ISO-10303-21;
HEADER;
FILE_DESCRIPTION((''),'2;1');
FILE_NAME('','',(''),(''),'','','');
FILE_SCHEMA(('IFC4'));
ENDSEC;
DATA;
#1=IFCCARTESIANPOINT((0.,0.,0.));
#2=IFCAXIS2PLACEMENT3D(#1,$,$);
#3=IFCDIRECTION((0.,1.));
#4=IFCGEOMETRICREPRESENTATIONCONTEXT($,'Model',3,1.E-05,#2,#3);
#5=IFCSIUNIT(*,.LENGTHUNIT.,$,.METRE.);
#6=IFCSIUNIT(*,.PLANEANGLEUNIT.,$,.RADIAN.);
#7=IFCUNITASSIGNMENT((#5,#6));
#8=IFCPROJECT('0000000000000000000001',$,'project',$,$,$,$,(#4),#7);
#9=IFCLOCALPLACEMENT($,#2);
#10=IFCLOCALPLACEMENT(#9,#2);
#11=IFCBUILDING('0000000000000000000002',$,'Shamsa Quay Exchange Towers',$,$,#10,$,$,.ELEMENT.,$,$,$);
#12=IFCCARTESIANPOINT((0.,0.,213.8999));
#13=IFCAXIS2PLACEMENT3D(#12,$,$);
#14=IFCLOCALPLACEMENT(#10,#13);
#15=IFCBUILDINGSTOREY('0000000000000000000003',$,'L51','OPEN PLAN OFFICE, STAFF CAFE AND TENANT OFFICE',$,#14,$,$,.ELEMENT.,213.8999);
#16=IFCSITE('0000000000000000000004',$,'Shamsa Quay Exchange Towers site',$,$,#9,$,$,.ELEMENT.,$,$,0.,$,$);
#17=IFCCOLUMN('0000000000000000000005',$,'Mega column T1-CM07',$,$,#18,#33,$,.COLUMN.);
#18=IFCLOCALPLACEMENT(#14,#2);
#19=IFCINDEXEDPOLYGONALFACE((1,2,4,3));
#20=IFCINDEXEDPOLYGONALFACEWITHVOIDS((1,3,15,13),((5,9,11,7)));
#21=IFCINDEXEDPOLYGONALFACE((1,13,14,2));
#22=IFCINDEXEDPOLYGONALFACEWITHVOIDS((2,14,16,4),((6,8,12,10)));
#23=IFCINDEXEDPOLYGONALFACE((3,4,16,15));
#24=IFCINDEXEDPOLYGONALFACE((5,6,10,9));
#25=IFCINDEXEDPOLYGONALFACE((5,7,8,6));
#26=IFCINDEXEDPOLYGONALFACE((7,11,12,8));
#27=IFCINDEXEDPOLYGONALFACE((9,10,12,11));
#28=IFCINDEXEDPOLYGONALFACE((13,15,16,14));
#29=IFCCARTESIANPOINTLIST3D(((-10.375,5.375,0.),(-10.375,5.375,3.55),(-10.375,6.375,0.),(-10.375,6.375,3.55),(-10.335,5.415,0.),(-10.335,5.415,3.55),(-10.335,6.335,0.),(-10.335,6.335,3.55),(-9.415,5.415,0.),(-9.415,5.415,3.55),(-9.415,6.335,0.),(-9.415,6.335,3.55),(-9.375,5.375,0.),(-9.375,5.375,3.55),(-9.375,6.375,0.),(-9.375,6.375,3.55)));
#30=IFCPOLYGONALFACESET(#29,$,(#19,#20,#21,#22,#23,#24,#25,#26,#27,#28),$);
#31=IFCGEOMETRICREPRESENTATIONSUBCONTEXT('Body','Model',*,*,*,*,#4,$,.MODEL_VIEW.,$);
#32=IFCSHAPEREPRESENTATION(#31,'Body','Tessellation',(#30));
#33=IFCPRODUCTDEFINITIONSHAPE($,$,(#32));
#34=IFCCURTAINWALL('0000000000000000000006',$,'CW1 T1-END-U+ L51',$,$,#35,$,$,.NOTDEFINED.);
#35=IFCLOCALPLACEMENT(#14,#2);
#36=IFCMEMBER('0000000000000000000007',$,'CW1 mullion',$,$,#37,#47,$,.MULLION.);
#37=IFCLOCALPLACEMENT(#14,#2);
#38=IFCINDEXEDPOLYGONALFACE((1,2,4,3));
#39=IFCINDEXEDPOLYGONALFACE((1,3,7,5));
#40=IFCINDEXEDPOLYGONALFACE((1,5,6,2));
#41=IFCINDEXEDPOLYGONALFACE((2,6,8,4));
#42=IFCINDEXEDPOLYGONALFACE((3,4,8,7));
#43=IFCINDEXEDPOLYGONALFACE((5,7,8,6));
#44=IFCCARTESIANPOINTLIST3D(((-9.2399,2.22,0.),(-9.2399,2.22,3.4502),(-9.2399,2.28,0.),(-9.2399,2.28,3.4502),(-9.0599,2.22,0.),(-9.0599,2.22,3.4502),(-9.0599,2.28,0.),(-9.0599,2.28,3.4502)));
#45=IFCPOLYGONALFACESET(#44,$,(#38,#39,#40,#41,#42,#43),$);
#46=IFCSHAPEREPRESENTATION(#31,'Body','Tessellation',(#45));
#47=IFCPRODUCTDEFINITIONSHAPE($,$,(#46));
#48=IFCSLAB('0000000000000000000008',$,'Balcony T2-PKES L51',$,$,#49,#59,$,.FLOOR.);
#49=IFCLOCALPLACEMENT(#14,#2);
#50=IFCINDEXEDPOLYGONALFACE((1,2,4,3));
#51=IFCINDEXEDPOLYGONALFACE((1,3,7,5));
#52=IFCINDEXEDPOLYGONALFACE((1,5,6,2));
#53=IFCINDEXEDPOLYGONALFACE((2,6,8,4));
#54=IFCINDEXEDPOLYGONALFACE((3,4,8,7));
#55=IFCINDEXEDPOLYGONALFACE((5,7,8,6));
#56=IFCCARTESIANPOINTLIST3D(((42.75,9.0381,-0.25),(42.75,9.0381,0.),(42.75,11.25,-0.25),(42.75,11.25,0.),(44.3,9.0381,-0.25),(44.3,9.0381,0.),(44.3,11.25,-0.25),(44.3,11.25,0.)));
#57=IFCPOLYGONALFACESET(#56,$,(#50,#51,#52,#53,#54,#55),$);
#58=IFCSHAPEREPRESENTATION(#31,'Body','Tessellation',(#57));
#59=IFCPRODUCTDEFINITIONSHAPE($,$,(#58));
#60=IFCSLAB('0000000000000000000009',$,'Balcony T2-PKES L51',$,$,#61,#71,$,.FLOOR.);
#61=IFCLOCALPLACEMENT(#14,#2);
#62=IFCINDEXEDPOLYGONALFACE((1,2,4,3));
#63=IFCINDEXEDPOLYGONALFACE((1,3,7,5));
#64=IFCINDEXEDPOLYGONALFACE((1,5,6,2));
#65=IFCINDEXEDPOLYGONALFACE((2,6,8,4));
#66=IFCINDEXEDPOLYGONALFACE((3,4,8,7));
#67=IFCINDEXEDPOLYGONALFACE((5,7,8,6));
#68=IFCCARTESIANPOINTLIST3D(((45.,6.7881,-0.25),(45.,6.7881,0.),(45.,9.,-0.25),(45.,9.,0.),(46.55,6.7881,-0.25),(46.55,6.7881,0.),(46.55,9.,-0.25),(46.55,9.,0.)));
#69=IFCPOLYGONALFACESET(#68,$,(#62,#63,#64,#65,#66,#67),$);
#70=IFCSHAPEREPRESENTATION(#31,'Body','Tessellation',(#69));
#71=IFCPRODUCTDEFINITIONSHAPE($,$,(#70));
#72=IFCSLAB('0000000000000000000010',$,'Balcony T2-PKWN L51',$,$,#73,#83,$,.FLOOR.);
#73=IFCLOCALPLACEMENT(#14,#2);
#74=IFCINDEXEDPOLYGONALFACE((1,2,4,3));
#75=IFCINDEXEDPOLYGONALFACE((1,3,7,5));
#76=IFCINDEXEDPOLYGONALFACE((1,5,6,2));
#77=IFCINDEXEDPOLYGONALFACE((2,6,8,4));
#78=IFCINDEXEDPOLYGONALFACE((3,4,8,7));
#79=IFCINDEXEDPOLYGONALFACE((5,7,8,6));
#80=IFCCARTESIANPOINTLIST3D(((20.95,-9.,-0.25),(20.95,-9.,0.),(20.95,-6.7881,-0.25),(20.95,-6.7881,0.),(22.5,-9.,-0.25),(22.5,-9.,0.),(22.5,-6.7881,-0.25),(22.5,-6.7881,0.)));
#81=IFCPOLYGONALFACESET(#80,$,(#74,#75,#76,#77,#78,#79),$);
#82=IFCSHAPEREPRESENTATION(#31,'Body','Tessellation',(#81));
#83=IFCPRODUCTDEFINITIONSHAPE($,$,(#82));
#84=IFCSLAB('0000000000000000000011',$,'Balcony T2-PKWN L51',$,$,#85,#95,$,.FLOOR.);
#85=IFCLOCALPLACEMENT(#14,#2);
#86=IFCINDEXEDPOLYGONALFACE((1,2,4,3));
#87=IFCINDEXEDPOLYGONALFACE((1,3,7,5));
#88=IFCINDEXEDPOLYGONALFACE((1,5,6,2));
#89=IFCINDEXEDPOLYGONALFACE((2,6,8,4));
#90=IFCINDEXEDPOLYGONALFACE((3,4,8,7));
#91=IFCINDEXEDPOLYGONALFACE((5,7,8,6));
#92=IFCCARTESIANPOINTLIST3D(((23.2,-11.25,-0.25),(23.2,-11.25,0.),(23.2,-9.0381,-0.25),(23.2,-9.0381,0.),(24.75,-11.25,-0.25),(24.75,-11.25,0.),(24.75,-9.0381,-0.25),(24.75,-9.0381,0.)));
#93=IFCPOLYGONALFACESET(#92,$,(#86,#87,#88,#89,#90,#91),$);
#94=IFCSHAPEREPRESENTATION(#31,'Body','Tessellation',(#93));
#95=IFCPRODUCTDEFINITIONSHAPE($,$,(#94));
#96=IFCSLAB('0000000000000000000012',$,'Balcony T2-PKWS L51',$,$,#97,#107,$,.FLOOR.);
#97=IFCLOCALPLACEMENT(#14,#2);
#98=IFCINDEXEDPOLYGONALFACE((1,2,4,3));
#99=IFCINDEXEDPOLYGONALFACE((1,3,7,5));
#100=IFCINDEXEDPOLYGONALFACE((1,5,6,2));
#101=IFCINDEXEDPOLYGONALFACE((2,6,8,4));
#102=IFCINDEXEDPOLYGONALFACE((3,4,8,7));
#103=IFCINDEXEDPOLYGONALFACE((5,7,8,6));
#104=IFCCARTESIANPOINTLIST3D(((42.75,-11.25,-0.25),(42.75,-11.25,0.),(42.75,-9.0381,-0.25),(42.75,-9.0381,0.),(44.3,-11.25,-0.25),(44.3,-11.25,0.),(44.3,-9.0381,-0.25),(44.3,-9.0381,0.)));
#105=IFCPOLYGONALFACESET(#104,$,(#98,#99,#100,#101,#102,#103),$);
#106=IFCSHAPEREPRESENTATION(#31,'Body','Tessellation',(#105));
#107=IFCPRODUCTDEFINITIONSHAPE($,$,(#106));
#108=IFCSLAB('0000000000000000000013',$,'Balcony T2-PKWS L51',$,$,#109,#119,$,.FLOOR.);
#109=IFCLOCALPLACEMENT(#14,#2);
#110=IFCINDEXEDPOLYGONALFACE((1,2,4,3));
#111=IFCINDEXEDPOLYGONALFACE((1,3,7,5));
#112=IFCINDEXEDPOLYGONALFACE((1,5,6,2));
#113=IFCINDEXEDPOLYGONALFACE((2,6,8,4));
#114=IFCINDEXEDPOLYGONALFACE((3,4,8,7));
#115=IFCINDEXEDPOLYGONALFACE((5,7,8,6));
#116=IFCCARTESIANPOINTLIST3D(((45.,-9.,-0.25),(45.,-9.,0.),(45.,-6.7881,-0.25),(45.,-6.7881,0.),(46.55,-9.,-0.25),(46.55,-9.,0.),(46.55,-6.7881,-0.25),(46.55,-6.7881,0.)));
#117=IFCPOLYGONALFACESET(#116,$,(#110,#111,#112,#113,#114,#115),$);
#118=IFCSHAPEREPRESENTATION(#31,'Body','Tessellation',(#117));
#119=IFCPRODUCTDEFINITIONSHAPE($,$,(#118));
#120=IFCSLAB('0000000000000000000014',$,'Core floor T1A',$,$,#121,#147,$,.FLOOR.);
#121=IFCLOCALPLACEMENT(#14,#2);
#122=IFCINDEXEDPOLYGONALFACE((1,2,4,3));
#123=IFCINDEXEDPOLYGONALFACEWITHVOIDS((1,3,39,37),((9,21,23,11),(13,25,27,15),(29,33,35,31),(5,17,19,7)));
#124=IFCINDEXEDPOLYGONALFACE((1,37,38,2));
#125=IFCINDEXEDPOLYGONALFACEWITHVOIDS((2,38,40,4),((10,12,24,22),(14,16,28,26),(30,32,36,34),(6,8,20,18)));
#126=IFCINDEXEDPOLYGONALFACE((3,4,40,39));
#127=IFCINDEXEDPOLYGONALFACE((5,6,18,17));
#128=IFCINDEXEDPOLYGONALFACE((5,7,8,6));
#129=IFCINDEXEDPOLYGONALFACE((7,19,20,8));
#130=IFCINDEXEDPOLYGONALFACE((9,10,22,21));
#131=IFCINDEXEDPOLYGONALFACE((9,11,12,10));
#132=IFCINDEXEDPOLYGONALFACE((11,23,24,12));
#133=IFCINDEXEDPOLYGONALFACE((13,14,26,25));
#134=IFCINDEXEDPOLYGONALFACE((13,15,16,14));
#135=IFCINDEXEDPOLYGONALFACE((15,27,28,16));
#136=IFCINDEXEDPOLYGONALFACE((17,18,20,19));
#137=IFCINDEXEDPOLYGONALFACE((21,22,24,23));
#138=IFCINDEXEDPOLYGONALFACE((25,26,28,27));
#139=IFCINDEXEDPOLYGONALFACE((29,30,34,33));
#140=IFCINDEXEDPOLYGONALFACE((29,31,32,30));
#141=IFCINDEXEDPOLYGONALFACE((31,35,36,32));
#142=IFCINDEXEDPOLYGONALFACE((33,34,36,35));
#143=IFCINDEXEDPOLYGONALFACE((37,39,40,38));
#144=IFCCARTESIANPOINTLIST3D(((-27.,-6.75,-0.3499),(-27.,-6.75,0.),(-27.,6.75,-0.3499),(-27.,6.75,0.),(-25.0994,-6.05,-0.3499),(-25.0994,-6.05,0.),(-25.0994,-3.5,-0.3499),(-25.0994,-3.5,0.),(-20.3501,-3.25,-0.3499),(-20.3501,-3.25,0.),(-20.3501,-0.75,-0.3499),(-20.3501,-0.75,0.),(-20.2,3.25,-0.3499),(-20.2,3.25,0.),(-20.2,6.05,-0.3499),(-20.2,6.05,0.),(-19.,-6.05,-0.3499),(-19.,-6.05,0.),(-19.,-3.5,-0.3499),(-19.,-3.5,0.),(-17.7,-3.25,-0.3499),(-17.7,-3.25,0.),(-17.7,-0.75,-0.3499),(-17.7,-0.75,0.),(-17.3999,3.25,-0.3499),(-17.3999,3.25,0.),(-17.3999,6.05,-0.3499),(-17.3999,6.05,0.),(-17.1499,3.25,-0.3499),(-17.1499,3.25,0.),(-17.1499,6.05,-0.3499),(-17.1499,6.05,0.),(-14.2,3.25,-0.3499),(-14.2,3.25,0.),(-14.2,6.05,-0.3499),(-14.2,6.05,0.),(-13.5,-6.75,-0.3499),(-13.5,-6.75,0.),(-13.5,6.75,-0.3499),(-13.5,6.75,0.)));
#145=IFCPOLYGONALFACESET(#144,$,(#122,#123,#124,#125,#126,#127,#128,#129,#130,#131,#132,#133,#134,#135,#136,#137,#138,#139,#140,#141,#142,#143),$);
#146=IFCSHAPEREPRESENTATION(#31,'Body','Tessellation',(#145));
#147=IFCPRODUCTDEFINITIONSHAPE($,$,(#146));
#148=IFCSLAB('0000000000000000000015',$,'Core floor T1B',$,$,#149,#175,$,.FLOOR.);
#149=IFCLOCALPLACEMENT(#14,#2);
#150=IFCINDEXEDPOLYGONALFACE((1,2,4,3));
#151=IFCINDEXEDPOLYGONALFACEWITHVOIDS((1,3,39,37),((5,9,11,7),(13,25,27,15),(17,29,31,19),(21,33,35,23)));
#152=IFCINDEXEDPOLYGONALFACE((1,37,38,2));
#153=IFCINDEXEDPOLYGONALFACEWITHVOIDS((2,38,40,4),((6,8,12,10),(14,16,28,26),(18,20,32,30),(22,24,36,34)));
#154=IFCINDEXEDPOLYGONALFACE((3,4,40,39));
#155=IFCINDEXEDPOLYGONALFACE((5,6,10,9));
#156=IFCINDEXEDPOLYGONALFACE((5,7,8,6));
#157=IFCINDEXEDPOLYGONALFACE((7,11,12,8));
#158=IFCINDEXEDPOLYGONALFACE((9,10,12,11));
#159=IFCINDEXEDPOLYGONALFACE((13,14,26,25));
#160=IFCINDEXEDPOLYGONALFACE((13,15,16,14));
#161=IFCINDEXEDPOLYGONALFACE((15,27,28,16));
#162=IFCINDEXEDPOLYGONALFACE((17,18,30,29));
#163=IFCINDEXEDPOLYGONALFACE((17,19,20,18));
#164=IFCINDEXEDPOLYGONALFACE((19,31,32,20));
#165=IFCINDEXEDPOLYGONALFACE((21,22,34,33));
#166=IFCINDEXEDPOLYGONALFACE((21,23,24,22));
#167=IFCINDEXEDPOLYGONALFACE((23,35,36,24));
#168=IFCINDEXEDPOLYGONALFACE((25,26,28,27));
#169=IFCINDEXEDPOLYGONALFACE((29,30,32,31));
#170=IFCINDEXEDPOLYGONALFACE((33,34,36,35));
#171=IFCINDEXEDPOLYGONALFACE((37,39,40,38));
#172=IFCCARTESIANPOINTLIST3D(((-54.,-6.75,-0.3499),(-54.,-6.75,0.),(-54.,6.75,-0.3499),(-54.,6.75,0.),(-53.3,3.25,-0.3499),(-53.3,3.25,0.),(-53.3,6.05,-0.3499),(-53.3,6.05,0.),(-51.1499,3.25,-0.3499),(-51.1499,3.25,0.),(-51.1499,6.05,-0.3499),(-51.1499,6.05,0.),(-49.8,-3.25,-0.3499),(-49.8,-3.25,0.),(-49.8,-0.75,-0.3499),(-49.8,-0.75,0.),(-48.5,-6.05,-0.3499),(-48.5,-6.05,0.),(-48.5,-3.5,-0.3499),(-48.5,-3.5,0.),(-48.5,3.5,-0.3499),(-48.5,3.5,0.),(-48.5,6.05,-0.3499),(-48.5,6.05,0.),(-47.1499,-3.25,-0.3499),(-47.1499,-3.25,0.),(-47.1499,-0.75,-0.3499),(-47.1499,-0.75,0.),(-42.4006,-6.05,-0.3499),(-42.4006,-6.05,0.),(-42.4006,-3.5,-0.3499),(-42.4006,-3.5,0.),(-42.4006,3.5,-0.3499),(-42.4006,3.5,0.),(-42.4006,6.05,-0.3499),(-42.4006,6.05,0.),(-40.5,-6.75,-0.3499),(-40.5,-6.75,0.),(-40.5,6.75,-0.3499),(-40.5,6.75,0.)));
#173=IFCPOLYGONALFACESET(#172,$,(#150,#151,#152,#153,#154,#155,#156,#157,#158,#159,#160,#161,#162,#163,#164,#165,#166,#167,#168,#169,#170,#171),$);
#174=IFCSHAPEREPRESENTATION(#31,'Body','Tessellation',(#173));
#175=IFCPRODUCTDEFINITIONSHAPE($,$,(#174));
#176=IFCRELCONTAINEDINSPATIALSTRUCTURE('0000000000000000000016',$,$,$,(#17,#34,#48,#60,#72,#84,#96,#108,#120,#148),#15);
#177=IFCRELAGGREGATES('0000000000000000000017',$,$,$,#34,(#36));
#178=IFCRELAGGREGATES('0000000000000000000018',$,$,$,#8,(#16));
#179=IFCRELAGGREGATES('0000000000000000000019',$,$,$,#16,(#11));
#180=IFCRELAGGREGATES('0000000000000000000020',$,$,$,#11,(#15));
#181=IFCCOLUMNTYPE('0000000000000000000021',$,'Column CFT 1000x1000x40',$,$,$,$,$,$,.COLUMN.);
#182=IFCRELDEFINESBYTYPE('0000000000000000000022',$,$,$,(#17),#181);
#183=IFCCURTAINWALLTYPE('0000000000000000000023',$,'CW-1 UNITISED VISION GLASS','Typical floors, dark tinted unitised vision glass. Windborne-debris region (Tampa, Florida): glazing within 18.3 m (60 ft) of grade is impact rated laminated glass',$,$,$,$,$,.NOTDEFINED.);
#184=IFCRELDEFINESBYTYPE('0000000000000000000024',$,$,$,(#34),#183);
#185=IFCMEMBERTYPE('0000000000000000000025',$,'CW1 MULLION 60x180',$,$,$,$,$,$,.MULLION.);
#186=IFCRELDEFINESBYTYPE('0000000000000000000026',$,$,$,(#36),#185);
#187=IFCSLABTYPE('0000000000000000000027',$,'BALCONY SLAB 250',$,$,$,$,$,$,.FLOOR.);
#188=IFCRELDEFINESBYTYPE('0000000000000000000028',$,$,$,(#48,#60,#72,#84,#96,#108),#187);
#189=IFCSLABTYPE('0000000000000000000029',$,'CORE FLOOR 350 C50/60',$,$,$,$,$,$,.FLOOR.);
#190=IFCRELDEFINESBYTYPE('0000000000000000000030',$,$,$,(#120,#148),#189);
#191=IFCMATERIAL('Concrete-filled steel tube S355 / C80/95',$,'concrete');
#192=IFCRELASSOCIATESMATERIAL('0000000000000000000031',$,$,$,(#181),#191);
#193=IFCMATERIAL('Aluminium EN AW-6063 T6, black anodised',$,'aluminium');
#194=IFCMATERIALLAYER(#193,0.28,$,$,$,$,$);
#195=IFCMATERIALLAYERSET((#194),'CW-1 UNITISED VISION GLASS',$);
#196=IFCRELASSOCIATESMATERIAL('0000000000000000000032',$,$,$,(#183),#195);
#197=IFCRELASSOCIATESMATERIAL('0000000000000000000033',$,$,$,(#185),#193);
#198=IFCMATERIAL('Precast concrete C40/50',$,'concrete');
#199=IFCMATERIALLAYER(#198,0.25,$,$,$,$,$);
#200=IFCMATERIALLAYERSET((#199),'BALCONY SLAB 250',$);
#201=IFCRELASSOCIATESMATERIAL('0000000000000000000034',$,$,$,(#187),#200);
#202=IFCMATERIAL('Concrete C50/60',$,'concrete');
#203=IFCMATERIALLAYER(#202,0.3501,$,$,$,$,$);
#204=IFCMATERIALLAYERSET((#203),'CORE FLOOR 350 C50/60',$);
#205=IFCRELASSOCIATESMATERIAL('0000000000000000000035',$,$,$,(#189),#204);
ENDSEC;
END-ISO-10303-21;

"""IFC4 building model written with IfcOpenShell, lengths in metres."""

from ifc_helpers import new_model, si_unit, direction, frame, origin, origin_2d, place, context, subcontext, project, spatial, polyline, rectangle, hollow_rectangle, outline, extrude, material, layer, layer_set, material_profile, profile_set, type_object, element, aggregate, save


model = new_model("IFC4")

# Units and contexts
model_context = context("Model", 3, precision=1e-05, world=origin(), true_north=direction((0.0, 1.0)))
body_context = subcontext(model_context, "Body", "Model", "MODEL_VIEW")
ifc_project = project(units=[si_unit("LENGTHUNIT", "METRE"), si_unit("PLANEANGLEUNIT", "RADIAN")], contexts=[model_context])

# Site, building, storey
site_placement = place(None, origin())
site = spatial("IfcSite", under=ifc_project, at=site_placement, Name="Shamsa Quay Exchange Towers site", CompositionType="ELEMENT", RefElevation=0.0)
building_placement = place(site_placement, origin())
building = spatial("IfcBuilding", under=site, at=building_placement, Name="Shamsa Quay Exchange Towers", CompositionType="ELEMENT")
storey_placement = place(building_placement, frame((0.0, 0.0, 213.8999)))
storey = spatial("IfcBuildingStorey", under=building, at=storey_placement, Name="L51", Description="OPEN PLAN OFFICE, STAFF CAFE AND TENANT OFFICE", CompositionType="ELEMENT", Elevation=213.8999)

# Column
ifc_material_1 = material(Name="Concrete-filled steel tube S355 / C80/95", Category="concrete")
ifc_material_profile_1 = material_profile(ifc_material_1, hollow_rectangle(XDim=1.0, YDim=1.0, WallThickness=0.04, at=origin_2d()), Name="CFT 1000x1000x40")
ifc_profile_set_1 = profile_set([ifc_material_profile_1], Name="Concrete-filled steel tube S355 / C80/95")
column_type = type_object("IfcColumnType", Name="Column CFT 1000x1000x40", PredefinedType="COLUMN", material=ifc_profile_set_1)
column_placement = place(storey_placement, frame((-9.875, 5.875, 0.0)))
element("IfcColumn", 1, at=column_placement, inside=storey, type_object=column_type, Name="Mega column T1-CM07", PredefinedType="COLUMN", context=body_context, shape_type="SweptSolid", body=[
    extrude(hollow_rectangle(XDim=1.0, YDim=1.0, WallThickness=0.04, at=origin_2d()), origin(), (0.0, 0.0, 1.0), 3.55),
])

# Curtain wall, member
ifc_material_2 = material(Name="Aluminium EN AW-6063 T6, black anodised", Category="aluminium")
ifc_layer_1 = layer(ifc_material_2, 0.28)
ifc_layer_set_1 = layer_set([ifc_layer_1], Name="CW-1 UNITISED VISION GLASS")
curtain_wall_type = type_object("IfcCurtainWallType", Name="CW-1 UNITISED VISION GLASS", Description="Typical floors, dark tinted unitised vision glass. Windborne-debris region (Tampa, Florida): glazing within 18.3 m (60 ft) of grade is impact rated laminated glass", PredefinedType="NOTDEFINED", material=ifc_layer_set_1)
curtain_wall_1_placement = place(storey_placement, origin())
curtain_wall_1 = element("IfcCurtainWall", 2, at=curtain_wall_1_placement, inside=storey, type_object=curtain_wall_type, Name="CW1 T1-END-U+ L51", PredefinedType="NOTDEFINED")
ifc_material_profile_2 = material_profile(ifc_material_2, rectangle(XDim=0.1799, YDim=0.0601, at=origin_2d()), Name="MU60x180")
ifc_profile_set_2 = profile_set([ifc_material_profile_2], Name="Aluminium EN AW-6063 T6, black anodised")
member_type = type_object("IfcMemberType", Name="CW1 MULLION 60x180", PredefinedType="MULLION", material=ifc_profile_set_2)
member_placement = place(storey_placement, frame((-9.1499, 2.25, 0.0), z_axis=(0.0, 0.0, 1.0), x_axis=(-1.0, 0.0, 0.0)))
member = element("IfcMember", 3, at=member_placement, type_object=member_type, Name="CW1 mullion", PredefinedType="MULLION", context=body_context, shape_type="SweptSolid", body=[
    extrude(rectangle(XDim=0.1799, YDim=0.0601, at=origin_2d()), origin(), (0.0, 0.0, 1.0), 3.4502),
])

# Slabs
ifc_material_3 = material(Name="Precast concrete C40/50", Category="concrete")
ifc_layer_2 = layer(ifc_material_3, 0.25)
ifc_layer_set_2 = layer_set([ifc_layer_2], Name="BALCONY SLAB 250")
slab_type_1 = type_object("IfcSlabType", Name="BALCONY SLAB 250", PredefinedType="FLOOR", material=ifc_layer_set_2)
slab_1_placement = place(storey_placement, frame((0.0, 0.0, -0.25)))
element("IfcSlab", 4, at=slab_1_placement, inside=storey, type_object=slab_type_1, Name="Balcony T2-PKES L51", PredefinedType="FLOOR", context=body_context, shape_type="SweptSolid", body=[
    extrude(outline(polyline([(42.75, 9.0381), (42.75, 11.25), (44.3, 11.25), (44.3, 9.0381), (42.75, 9.0381)])), origin(), (0.0, 0.0, 1.0), 0.25),
])
slab_2_placement = place(storey_placement, frame((0.0, 0.0, -0.25)))
element("IfcSlab", 5, at=slab_2_placement, inside=storey, type_object=slab_type_1, Name="Balcony T2-PKES L51", PredefinedType="FLOOR", context=body_context, shape_type="SweptSolid", body=[
    extrude(outline(polyline([(45.0, 6.7881), (45.0, 9.0), (46.55, 9.0), (46.55, 6.7881), (45.0, 6.7881)])), origin(), (0.0, 0.0, 1.0), 0.25),
])
slab_3_placement = place(storey_placement, frame((0.0, 0.0, -0.25)))
element("IfcSlab", 6, at=slab_3_placement, inside=storey, type_object=slab_type_1, Name="Balcony T2-PKWN L51", PredefinedType="FLOOR", context=body_context, shape_type="SweptSolid", body=[
    extrude(outline(polyline([(22.5, -6.7881), (22.5, -9.0), (20.95, -9.0), (20.95, -6.7881), (22.5, -6.7881)])), origin(), (0.0, 0.0, 1.0), 0.25),
])
slab_4_placement = place(storey_placement, frame((0.0, 0.0, -0.25)))
element("IfcSlab", 7, at=slab_4_placement, inside=storey, type_object=slab_type_1, Name="Balcony T2-PKWN L51", PredefinedType="FLOOR", context=body_context, shape_type="SweptSolid", body=[
    extrude(outline(polyline([(24.75, -9.0381), (24.75, -11.25), (23.2, -11.25), (23.2, -9.0381), (24.75, -9.0381)])), origin(), (0.0, 0.0, 1.0), 0.25),
])
slab_5_placement = place(storey_placement, frame((0.0, 0.0, -0.25)))
element("IfcSlab", 8, at=slab_5_placement, inside=storey, type_object=slab_type_1, Name="Balcony T2-PKWS L51", PredefinedType="FLOOR", context=body_context, shape_type="SweptSolid", body=[
    extrude(outline(polyline([(42.75, -11.25), (42.75, -9.0381), (44.3, -9.0381), (44.3, -11.25), (42.75, -11.25)])), origin(), (0.0, 0.0, 1.0), 0.25),
])
slab_6_placement = place(storey_placement, frame((0.0, 0.0, -0.25)))
element("IfcSlab", 9, at=slab_6_placement, inside=storey, type_object=slab_type_1, Name="Balcony T2-PKWS L51", PredefinedType="FLOOR", context=body_context, shape_type="SweptSolid", body=[
    extrude(outline(polyline([(45.0, -9.0), (45.0, -6.7881), (46.55, -6.7881), (46.55, -9.0), (45.0, -9.0)])), origin(), (0.0, 0.0, 1.0), 0.25),
])
ifc_material_4 = material(Name="Concrete C50/60", Category="concrete")
ifc_layer_3 = layer(ifc_material_4, 0.3501)
ifc_layer_set_3 = layer_set([ifc_layer_3], Name="CORE FLOOR 350 C50/60")
slab_type_2 = type_object("IfcSlabType", Name="CORE FLOOR 350 C50/60", PredefinedType="FLOOR", material=ifc_layer_set_3)
slab_7_placement = place(storey_placement, frame((0.0, 0.0, -0.3499)))
element("IfcSlab", 10, at=slab_7_placement, inside=storey, type_object=slab_type_2, Name="Core floor T1A", PredefinedType="FLOOR", context=body_context, shape_type="SweptSolid", body=[
    extrude(outline(polyline([(-27.0, -6.75), (-13.5, -6.75), (-13.5, 6.75), (-27.0, 6.75), (-27.0, -6.75)]), holes=[polyline([(-25.0994, -6.05), (-25.0994, -3.5), (-19.0, -3.5), (-19.0, -6.05), (-25.0994, -6.05)]), polyline([(-20.2, 3.25), (-20.2, 6.05), (-17.3999, 6.05), (-17.3999, 3.25), (-20.2, 3.25)]), polyline([(-17.1499, 3.25), (-17.1499, 6.05), (-14.2, 6.05), (-14.2, 3.25), (-17.1499, 3.25)]), polyline([(-20.3501, -3.25), (-20.3501, -0.75), (-17.7, -0.75), (-17.7, -3.25), (-20.3501, -3.25)])]), origin(), (0.0, 0.0, 1.0), 0.3499),
])
slab_8_placement = place(storey_placement, frame((0.0, 0.0, -0.3499)))
element("IfcSlab", 11, at=slab_8_placement, inside=storey, type_object=slab_type_2, Name="Core floor T1B", PredefinedType="FLOOR", context=body_context, shape_type="SweptSolid", body=[
    extrude(outline(polyline([(-40.5, -6.75), (-40.5, 6.75), (-54.0, 6.75), (-54.0, -6.75), (-40.5, -6.75)]), holes=[polyline([(-42.4006, -3.5), (-42.4006, -6.05), (-48.5, -6.05), (-48.5, -3.5), (-42.4006, -3.5)]), polyline([(-42.4006, 6.05), (-42.4006, 3.5), (-48.5, 3.5), (-48.5, 6.05), (-42.4006, 6.05)]), polyline([(-51.1499, 3.25), (-53.3, 3.25), (-53.3, 6.05), (-51.1499, 6.05), (-51.1499, 3.25)]), polyline([(-47.1499, -3.25), (-49.8, -3.25), (-49.8, -0.75), (-47.1499, -0.75), (-47.1499, -3.25)])]), origin(), (0.0, 0.0, 1.0), 0.3499),
])

aggregate(curtain_wall_1, [member])

save(model, "model.ifc")
